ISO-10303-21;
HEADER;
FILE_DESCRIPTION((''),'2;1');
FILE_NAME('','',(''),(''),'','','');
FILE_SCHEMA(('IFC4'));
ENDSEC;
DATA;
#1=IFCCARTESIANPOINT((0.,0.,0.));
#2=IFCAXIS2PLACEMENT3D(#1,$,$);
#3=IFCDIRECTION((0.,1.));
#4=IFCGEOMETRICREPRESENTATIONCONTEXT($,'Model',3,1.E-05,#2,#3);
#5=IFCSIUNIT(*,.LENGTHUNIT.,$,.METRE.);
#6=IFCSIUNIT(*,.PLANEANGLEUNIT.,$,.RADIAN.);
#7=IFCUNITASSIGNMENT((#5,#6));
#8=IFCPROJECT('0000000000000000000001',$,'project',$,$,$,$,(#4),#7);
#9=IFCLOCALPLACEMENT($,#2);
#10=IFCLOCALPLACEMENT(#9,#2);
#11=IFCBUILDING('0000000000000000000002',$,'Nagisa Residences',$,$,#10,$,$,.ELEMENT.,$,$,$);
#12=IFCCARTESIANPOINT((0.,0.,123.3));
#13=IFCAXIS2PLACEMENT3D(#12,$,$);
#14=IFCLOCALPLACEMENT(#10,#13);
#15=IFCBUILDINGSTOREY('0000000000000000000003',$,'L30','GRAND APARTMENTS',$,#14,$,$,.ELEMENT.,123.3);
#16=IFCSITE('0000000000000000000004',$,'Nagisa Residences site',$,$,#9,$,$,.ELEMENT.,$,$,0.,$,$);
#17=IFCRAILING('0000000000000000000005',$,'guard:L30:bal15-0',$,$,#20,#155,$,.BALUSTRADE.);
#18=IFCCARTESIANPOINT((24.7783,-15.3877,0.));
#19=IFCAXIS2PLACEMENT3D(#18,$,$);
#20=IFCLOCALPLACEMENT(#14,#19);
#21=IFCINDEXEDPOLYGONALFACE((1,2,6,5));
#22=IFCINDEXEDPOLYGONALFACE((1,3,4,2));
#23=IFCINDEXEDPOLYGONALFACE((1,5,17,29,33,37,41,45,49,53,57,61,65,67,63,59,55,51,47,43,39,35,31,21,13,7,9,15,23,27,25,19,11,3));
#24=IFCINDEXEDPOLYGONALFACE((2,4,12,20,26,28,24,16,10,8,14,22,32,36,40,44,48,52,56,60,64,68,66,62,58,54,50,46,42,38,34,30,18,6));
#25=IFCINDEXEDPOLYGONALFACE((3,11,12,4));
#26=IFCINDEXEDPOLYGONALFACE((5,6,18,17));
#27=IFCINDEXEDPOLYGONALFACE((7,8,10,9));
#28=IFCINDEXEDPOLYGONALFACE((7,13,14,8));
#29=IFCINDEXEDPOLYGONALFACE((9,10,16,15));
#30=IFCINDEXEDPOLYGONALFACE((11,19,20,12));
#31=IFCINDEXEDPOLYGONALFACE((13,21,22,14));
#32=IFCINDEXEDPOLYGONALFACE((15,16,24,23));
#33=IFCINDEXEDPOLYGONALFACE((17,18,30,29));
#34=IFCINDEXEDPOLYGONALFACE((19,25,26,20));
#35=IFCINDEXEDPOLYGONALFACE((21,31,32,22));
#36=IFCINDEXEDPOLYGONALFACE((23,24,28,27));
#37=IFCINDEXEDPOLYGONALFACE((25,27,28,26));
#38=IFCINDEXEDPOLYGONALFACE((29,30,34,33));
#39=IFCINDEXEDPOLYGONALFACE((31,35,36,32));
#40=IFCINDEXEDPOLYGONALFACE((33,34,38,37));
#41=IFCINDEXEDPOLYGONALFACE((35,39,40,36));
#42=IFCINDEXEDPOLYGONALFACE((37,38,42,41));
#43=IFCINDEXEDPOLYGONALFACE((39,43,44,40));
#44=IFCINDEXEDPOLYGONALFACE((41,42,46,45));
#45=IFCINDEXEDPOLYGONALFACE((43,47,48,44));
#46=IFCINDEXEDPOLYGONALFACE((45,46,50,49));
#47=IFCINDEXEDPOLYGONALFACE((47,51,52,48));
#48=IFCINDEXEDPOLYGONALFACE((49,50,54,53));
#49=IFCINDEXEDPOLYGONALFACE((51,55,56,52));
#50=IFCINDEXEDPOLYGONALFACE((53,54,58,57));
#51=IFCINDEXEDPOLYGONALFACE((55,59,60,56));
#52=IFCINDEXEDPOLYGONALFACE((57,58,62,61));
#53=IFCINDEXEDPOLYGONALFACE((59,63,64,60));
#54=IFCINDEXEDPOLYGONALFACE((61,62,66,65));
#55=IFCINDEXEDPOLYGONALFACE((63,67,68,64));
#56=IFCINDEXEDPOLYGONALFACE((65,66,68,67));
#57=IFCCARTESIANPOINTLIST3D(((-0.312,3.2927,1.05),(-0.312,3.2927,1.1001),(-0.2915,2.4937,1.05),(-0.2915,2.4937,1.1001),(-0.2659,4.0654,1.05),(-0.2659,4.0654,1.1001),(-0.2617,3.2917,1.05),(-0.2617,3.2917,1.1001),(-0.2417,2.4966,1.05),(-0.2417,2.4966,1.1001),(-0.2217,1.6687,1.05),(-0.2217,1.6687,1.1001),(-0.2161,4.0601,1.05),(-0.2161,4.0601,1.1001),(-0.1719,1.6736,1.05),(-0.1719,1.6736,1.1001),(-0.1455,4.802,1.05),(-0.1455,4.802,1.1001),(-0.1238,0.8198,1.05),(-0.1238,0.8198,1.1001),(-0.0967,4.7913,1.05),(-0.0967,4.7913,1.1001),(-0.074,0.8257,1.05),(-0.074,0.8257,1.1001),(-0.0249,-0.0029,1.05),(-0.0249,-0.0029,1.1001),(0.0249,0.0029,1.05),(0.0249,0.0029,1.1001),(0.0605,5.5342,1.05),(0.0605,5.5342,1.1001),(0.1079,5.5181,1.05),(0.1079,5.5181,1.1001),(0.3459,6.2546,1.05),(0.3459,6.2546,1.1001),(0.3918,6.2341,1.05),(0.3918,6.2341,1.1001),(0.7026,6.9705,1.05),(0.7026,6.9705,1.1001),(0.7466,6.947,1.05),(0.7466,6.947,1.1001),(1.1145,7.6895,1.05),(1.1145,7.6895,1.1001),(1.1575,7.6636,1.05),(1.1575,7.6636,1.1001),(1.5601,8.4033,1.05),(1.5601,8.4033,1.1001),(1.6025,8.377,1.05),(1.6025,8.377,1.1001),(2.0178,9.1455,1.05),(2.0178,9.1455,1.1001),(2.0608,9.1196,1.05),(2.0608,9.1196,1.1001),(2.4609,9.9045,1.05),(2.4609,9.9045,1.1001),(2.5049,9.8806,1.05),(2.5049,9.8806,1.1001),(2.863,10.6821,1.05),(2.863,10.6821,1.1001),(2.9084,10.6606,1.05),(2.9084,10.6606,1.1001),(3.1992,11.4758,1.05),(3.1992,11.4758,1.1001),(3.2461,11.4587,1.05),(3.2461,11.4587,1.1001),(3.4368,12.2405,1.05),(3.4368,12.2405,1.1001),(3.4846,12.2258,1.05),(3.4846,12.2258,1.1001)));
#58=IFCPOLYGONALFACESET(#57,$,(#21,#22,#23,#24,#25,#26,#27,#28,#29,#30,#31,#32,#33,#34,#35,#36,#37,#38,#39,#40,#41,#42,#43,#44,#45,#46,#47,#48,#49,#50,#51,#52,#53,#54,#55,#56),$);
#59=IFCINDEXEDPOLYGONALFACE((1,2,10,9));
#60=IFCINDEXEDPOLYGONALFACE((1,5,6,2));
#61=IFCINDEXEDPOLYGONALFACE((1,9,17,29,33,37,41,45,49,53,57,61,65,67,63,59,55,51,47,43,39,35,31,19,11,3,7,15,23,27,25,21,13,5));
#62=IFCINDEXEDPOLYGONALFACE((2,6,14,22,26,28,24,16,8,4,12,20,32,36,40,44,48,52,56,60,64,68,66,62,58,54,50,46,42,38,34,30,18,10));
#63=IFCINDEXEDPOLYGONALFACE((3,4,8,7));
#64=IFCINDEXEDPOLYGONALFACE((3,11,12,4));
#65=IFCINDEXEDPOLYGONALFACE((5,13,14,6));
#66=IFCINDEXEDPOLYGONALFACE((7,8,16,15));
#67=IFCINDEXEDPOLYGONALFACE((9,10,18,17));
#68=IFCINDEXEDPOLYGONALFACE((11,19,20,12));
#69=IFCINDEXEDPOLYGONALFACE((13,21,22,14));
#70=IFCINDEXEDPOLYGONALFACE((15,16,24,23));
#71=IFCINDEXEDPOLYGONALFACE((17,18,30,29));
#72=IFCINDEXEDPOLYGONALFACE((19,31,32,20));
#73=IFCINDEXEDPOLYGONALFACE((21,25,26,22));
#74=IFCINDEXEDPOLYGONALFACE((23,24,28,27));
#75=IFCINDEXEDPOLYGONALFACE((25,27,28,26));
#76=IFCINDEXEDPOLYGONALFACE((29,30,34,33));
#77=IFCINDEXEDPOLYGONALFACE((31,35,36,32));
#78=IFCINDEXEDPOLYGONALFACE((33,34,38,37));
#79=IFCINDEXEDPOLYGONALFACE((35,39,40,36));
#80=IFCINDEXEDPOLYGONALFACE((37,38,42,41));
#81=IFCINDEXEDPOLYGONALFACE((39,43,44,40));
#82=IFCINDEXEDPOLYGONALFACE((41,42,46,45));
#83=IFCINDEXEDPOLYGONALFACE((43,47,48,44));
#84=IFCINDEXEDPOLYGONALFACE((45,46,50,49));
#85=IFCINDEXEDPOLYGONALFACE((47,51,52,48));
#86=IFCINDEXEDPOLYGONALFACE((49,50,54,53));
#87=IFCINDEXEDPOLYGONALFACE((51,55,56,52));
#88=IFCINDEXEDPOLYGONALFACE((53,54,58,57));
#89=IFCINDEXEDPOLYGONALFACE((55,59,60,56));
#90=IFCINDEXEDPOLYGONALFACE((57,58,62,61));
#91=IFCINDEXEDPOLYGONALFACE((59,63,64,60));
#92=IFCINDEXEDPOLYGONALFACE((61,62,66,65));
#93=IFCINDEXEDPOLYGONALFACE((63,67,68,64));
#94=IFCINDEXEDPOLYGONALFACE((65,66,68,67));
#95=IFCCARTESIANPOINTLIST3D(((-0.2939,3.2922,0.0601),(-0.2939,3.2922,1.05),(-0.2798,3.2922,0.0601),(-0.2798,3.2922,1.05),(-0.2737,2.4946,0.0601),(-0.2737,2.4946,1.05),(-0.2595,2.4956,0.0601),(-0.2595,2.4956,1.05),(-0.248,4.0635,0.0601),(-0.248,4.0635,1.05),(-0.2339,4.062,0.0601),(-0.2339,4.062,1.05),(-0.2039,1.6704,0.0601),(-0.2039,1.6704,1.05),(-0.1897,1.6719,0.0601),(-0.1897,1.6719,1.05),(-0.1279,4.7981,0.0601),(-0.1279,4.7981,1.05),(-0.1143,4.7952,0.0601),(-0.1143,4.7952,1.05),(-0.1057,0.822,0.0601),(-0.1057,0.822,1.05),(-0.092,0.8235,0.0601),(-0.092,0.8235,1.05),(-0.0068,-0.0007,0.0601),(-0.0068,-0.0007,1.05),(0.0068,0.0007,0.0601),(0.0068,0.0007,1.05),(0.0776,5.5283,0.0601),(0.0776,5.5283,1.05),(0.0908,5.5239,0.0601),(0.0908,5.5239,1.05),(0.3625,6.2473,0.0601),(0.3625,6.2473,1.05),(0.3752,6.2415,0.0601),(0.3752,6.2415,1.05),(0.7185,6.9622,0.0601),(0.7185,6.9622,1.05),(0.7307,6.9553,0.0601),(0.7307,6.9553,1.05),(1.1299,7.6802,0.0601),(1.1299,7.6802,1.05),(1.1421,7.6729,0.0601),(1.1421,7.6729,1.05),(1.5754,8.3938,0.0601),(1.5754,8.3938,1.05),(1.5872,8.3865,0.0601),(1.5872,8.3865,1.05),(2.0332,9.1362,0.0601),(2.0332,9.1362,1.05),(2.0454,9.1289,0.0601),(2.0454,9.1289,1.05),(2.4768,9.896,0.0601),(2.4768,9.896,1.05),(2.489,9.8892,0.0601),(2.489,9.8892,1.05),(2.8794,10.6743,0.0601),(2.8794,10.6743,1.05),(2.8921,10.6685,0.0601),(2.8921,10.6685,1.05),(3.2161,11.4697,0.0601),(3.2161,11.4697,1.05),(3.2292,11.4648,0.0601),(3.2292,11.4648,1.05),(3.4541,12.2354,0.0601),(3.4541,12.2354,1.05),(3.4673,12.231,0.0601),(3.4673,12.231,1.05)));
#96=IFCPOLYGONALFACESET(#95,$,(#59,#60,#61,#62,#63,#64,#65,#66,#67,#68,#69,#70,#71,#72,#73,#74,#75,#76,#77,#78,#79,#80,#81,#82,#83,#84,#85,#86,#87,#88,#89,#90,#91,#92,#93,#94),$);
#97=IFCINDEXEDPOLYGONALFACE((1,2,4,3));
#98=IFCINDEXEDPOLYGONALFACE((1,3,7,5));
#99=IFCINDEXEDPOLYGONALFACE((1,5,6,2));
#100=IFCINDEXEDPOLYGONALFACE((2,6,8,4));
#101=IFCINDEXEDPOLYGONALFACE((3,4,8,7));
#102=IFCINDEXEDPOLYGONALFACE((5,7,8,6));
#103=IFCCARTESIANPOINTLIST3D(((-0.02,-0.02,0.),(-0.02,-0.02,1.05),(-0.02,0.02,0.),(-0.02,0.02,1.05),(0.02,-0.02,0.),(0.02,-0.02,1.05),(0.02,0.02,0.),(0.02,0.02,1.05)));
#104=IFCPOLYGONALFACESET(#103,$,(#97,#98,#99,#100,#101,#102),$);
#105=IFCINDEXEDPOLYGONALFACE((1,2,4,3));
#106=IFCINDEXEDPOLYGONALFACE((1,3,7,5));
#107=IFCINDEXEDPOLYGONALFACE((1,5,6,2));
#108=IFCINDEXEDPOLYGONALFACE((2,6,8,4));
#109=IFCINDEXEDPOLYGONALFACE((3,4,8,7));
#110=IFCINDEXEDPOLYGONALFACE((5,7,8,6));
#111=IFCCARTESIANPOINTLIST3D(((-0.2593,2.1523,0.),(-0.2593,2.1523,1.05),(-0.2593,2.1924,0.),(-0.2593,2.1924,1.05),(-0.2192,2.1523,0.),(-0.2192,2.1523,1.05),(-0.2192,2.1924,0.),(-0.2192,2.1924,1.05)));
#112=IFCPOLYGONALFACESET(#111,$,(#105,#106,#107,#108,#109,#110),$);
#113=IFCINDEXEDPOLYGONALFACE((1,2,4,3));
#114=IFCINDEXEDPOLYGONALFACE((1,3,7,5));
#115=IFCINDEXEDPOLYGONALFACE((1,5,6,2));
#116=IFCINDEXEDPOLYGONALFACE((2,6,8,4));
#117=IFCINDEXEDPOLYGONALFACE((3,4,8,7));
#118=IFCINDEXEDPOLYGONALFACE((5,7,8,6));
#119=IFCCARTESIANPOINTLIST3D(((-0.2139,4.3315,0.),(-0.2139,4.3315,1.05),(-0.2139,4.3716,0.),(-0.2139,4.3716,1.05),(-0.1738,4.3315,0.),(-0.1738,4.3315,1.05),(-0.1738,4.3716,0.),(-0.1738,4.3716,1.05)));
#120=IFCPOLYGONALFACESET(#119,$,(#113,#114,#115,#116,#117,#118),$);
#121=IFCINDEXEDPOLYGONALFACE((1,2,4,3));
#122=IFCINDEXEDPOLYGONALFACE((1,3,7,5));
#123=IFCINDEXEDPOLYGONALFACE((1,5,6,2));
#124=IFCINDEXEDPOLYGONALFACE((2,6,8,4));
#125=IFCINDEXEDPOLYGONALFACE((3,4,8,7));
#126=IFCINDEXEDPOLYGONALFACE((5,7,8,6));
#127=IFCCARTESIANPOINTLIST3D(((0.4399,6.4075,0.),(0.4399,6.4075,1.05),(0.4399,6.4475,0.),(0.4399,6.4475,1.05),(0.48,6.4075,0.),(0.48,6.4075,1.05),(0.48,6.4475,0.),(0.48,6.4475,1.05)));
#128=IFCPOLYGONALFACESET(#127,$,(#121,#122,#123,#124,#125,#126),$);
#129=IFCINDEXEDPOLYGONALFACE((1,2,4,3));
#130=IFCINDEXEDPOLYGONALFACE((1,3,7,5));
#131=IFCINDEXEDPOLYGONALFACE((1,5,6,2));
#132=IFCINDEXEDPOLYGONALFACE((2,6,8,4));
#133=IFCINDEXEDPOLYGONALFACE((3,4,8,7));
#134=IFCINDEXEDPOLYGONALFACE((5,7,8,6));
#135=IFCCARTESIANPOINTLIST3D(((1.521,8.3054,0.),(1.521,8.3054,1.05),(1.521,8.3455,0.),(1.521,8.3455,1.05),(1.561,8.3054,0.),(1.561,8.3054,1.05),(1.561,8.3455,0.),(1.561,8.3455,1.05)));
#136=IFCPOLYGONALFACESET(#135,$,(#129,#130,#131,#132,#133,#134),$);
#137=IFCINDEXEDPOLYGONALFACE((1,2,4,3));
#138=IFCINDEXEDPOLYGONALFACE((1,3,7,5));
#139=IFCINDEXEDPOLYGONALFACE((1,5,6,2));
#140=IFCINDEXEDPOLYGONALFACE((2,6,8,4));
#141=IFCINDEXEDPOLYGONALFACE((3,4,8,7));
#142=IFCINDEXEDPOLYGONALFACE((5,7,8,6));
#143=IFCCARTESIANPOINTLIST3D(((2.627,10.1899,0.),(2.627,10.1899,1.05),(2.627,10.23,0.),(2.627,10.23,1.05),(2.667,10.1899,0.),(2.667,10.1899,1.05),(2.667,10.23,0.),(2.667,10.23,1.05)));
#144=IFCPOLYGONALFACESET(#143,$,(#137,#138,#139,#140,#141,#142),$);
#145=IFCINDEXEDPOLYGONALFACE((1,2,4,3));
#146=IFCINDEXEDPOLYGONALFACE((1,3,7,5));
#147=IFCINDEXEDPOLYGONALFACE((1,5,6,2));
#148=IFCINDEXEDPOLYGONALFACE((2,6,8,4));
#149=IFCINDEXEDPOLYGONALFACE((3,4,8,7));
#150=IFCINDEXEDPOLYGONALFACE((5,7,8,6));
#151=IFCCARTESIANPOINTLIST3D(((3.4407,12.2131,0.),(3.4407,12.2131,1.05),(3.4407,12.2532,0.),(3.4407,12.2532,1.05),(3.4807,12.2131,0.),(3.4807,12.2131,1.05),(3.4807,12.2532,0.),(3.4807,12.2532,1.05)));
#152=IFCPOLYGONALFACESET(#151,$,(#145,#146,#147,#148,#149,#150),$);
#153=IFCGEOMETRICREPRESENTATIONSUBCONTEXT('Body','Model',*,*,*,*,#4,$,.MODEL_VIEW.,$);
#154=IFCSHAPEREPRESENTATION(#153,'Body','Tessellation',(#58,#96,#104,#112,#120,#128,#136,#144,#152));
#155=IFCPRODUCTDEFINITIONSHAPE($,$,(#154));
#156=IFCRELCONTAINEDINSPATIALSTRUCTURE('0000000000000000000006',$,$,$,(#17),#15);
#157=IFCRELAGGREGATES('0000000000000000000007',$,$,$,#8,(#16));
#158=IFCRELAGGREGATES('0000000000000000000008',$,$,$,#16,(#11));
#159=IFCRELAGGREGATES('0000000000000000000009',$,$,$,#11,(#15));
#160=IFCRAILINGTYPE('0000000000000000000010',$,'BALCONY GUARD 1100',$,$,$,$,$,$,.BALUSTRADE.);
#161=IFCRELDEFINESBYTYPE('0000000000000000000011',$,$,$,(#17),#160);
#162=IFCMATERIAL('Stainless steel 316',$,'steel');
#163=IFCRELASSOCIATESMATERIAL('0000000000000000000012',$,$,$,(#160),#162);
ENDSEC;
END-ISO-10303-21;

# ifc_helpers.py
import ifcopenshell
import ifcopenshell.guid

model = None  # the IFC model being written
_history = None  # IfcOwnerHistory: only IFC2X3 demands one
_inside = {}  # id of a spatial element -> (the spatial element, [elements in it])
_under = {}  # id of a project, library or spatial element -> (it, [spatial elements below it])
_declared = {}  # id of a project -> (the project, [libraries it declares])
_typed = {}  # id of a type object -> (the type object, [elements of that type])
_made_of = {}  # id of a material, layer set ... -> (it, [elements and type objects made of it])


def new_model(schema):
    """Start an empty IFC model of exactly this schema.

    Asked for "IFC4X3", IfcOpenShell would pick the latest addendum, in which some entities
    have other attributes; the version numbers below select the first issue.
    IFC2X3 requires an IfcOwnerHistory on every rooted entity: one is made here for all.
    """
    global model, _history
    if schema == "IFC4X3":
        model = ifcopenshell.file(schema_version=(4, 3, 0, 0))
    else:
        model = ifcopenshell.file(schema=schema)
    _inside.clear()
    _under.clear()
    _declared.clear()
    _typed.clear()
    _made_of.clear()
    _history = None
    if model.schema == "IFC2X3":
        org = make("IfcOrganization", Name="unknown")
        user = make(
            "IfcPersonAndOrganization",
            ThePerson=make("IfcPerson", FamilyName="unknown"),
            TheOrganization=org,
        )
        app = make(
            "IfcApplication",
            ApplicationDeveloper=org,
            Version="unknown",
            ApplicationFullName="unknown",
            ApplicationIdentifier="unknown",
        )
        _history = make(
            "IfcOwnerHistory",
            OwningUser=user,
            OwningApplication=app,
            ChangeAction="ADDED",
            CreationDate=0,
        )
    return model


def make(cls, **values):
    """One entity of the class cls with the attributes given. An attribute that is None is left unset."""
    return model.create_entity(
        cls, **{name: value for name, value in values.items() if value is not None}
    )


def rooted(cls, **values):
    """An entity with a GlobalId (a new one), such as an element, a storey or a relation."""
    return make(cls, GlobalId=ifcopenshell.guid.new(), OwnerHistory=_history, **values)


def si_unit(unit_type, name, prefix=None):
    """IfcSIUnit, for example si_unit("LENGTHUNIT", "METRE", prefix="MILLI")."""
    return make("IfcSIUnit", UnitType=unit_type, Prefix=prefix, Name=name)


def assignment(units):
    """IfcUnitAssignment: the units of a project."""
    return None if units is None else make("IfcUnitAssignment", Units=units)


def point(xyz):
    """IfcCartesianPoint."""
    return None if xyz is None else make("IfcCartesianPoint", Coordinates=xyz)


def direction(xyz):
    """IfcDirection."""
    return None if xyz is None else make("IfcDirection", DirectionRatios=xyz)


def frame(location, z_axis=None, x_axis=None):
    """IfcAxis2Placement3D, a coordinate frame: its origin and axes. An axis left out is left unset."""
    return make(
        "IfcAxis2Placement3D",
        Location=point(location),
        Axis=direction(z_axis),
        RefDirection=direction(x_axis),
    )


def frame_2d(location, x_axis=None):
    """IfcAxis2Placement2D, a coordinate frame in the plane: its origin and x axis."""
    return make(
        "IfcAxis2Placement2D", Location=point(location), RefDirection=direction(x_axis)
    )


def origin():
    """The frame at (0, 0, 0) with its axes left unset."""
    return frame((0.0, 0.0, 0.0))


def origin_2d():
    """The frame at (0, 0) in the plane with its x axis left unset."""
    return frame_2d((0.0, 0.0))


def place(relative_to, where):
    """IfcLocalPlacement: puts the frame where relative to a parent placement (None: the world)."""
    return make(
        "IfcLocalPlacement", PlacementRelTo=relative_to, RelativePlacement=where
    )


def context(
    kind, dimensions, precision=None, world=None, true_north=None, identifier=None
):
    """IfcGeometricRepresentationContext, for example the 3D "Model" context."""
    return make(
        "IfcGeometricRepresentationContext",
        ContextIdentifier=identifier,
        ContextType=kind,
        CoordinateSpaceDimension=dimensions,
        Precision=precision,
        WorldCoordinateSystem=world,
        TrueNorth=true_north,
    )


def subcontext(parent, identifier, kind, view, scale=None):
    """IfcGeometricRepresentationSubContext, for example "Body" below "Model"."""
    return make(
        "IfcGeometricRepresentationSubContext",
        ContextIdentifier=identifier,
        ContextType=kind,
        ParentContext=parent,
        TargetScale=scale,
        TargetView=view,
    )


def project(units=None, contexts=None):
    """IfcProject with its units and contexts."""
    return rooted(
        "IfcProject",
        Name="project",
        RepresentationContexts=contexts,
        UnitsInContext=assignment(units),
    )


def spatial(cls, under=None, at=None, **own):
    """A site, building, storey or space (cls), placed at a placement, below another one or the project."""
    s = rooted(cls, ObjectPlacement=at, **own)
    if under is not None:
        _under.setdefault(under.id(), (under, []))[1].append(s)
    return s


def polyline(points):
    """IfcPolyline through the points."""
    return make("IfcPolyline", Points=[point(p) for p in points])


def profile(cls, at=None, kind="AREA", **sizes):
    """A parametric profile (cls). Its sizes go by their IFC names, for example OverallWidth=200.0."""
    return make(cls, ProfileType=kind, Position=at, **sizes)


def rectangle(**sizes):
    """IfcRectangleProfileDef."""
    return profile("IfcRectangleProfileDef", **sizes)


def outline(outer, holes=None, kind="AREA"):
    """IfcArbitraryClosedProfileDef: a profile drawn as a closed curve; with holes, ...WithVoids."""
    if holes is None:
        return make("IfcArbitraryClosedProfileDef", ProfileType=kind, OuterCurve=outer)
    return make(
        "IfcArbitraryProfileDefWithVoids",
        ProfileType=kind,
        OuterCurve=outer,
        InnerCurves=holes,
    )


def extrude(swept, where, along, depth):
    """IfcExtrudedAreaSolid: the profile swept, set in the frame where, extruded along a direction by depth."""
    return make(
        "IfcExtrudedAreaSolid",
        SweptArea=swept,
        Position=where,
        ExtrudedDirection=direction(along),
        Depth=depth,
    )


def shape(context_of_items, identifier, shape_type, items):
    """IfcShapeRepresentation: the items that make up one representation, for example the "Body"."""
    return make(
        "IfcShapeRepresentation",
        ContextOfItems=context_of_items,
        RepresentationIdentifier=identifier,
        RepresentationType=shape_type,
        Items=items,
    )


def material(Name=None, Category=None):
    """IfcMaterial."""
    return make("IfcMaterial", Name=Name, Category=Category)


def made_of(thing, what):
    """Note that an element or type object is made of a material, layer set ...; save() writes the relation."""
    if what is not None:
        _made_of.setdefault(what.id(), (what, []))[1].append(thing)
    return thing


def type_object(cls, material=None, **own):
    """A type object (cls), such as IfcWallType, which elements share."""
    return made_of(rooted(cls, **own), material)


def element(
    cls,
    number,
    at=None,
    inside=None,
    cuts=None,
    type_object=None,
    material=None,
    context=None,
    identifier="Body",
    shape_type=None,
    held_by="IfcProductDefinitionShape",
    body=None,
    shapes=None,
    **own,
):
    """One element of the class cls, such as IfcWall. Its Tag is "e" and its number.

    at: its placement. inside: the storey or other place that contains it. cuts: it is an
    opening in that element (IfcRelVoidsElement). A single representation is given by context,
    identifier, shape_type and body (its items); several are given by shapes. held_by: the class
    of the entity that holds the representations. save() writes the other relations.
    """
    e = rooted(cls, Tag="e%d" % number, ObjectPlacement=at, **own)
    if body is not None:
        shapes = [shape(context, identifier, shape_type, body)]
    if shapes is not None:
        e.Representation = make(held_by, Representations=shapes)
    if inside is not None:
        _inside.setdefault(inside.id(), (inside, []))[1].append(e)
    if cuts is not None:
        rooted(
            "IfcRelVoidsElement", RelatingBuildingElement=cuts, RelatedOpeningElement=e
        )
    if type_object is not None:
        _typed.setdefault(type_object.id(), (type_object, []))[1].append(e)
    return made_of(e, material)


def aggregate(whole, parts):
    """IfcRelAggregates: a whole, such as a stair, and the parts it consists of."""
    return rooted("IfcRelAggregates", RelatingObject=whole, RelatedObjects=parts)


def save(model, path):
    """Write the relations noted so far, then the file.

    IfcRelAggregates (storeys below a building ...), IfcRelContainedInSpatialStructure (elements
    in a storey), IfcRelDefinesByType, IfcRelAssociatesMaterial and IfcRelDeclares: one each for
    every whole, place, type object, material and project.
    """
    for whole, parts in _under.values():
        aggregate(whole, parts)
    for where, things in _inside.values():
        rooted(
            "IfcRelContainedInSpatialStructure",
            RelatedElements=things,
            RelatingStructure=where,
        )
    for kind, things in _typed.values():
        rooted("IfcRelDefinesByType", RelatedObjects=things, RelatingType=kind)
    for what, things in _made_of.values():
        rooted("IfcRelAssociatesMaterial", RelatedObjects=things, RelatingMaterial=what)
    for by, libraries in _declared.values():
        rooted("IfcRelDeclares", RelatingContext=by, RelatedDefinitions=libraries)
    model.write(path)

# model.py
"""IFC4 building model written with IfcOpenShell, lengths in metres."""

from ifc_helpers import new_model, si_unit, direction, frame, origin, origin_2d, place, context, subcontext, project, spatial, polyline, rectangle, outline, extrude, material, type_object, element, save


model = new_model("IFC4")

# Units and contexts
model_context = context("Model", 3, precision=1e-05, world=origin(), true_north=direction((0.0, 1.0)))
body_context = subcontext(model_context, "Body", "Model", "MODEL_VIEW")
ifc_project = project(units=[si_unit("LENGTHUNIT", "METRE"), si_unit("PLANEANGLEUNIT", "RADIAN")], contexts=[model_context])

# Site, building, storey
site_placement = place(None, origin())
site = spatial("IfcSite", under=ifc_project, at=site_placement, Name="Nagisa Residences site", CompositionType="ELEMENT", RefElevation=0.0)
building_placement = place(site_placement, origin())
building = spatial("IfcBuilding", under=site, at=building_placement, Name="Nagisa Residences", CompositionType="ELEMENT")
storey_placement = place(building_placement, frame((0.0, 0.0, 123.3)))
storey = spatial("IfcBuildingStorey", under=building, at=storey_placement, Name="L30", Description="GRAND APARTMENTS", CompositionType="ELEMENT", Elevation=123.3)

# Railing
ifc_material_1 = material(Name="Stainless steel 316", Category="steel")
railing_type = type_object("IfcRailingType", Name="BALCONY GUARD 1100", PredefinedType="BALUSTRADE", material=ifc_material_1)
railing_1_placement = place(storey_placement, frame((24.7783, -15.3877, 0.0)))
element("IfcRailing", 1, at=railing_1_placement, inside=storey, type_object=railing_type, Name="guard:L30:bal15-0", PredefinedType="BALUSTRADE", context=body_context, shape_type="SweptSolid", body=[
    extrude(outline(polyline([(-0.1238, 0.8198), (-0.0249, -0.0029), (0.0249, 0.0029), (-0.074, 0.8257), (-0.1719, 1.6736), (-0.2417, 2.4966), (-0.2617, 3.2917), (-0.2161, 4.0601), (-0.0967, 4.7913), (0.1079, 5.5181), (0.3918, 6.2341), (0.7466, 6.947), (1.1575, 7.6636), (1.6025, 8.377), (2.0608, 9.1196), (2.5049, 9.8806), (2.9084, 10.6606), (3.2461, 11.4587), (3.4846, 12.2258), (3.4368, 12.2405), (3.1992, 11.4758), (2.863, 10.6821), (2.4609, 9.9045), (2.0178, 9.1455), (1.5601, 8.4033), (1.1145, 7.6895), (0.7026, 6.9705), (0.3459, 6.2546), (0.0605, 5.5342), (-0.1455, 4.802), (-0.2659, 4.0654), (-0.312, 3.2927), (-0.2915, 2.4937), (-0.2217, 1.6687), (-0.1238, 0.8198)])), frame((0.0, 0.0, 1.05)), (0.0, 0.0, 1.0), 0.05),
    extrude(outline(polyline([(-0.1057, 0.822), (-0.0068, -0.0007), (0.0068, 0.0007), (-0.092, 0.8235), (-0.1897, 1.6719), (-0.2595, 2.4956), (-0.2798, 3.2922), (-0.2339, 4.062), (-0.1143, 4.7952), (0.0908, 5.5239), (0.3752, 6.2415), (0.7307, 6.9553), (1.1421, 7.6729), (1.5872, 8.3865), (2.0454, 9.1289), (2.489, 9.8892), (2.8921, 10.6685), (3.2292, 11.4648), (3.4673, 12.231), (3.4541, 12.2354), (3.2161, 11.4697), (2.8794, 10.6743), (2.4768, 9.896), (2.0332, 9.1362), (1.5754, 8.3938), (1.1299, 7.6802), (0.7185, 6.9622), (0.3625, 6.2473), (0.0776, 5.5283), (-0.1279, 4.7981), (-0.248, 4.0635), (-0.2939, 3.2922), (-0.2737, 2.4946), (-0.2039, 1.6704), (-0.1057, 0.822)])), frame((0.0, 0.0, 0.0601)), (0.0, 0.0, 1.0), 0.99),
    extrude(rectangle(XDim=0.04, YDim=0.04, at=origin_2d()), origin(), (0.0, 0.0, 1.0), 1.05),
    extrude(rectangle(XDim=0.04, YDim=0.04, at=origin_2d()), frame((-0.2393, 2.1724, 0.0)), (0.0, 0.0, 1.0), 1.05),
    extrude(rectangle(XDim=0.04, YDim=0.04, at=origin_2d()), frame((-0.1938, 4.3516, 0.0)), (0.0, 0.0, 1.0), 1.05),
    extrude(rectangle(XDim=0.04, YDim=0.04, at=origin_2d()), frame((0.46, 6.4275, 0.0)), (0.0, 0.0, 1.0), 1.05),
    extrude(rectangle(XDim=0.04, YDim=0.04, at=origin_2d()), frame((1.541, 8.3254, 0.0)), (0.0, 0.0, 1.0), 1.05),
    extrude(rectangle(XDim=0.04, YDim=0.04, at=origin_2d()), frame((2.647, 10.21, 0.0)), (0.0, 0.0, 1.0), 1.05),
    extrude(rectangle(XDim=0.04, YDim=0.04, at=origin_2d()), frame((3.4607, 12.2332, 0.0)), (0.0, 0.0, 1.0), 1.05),
])

save(model, "model.ifc")
